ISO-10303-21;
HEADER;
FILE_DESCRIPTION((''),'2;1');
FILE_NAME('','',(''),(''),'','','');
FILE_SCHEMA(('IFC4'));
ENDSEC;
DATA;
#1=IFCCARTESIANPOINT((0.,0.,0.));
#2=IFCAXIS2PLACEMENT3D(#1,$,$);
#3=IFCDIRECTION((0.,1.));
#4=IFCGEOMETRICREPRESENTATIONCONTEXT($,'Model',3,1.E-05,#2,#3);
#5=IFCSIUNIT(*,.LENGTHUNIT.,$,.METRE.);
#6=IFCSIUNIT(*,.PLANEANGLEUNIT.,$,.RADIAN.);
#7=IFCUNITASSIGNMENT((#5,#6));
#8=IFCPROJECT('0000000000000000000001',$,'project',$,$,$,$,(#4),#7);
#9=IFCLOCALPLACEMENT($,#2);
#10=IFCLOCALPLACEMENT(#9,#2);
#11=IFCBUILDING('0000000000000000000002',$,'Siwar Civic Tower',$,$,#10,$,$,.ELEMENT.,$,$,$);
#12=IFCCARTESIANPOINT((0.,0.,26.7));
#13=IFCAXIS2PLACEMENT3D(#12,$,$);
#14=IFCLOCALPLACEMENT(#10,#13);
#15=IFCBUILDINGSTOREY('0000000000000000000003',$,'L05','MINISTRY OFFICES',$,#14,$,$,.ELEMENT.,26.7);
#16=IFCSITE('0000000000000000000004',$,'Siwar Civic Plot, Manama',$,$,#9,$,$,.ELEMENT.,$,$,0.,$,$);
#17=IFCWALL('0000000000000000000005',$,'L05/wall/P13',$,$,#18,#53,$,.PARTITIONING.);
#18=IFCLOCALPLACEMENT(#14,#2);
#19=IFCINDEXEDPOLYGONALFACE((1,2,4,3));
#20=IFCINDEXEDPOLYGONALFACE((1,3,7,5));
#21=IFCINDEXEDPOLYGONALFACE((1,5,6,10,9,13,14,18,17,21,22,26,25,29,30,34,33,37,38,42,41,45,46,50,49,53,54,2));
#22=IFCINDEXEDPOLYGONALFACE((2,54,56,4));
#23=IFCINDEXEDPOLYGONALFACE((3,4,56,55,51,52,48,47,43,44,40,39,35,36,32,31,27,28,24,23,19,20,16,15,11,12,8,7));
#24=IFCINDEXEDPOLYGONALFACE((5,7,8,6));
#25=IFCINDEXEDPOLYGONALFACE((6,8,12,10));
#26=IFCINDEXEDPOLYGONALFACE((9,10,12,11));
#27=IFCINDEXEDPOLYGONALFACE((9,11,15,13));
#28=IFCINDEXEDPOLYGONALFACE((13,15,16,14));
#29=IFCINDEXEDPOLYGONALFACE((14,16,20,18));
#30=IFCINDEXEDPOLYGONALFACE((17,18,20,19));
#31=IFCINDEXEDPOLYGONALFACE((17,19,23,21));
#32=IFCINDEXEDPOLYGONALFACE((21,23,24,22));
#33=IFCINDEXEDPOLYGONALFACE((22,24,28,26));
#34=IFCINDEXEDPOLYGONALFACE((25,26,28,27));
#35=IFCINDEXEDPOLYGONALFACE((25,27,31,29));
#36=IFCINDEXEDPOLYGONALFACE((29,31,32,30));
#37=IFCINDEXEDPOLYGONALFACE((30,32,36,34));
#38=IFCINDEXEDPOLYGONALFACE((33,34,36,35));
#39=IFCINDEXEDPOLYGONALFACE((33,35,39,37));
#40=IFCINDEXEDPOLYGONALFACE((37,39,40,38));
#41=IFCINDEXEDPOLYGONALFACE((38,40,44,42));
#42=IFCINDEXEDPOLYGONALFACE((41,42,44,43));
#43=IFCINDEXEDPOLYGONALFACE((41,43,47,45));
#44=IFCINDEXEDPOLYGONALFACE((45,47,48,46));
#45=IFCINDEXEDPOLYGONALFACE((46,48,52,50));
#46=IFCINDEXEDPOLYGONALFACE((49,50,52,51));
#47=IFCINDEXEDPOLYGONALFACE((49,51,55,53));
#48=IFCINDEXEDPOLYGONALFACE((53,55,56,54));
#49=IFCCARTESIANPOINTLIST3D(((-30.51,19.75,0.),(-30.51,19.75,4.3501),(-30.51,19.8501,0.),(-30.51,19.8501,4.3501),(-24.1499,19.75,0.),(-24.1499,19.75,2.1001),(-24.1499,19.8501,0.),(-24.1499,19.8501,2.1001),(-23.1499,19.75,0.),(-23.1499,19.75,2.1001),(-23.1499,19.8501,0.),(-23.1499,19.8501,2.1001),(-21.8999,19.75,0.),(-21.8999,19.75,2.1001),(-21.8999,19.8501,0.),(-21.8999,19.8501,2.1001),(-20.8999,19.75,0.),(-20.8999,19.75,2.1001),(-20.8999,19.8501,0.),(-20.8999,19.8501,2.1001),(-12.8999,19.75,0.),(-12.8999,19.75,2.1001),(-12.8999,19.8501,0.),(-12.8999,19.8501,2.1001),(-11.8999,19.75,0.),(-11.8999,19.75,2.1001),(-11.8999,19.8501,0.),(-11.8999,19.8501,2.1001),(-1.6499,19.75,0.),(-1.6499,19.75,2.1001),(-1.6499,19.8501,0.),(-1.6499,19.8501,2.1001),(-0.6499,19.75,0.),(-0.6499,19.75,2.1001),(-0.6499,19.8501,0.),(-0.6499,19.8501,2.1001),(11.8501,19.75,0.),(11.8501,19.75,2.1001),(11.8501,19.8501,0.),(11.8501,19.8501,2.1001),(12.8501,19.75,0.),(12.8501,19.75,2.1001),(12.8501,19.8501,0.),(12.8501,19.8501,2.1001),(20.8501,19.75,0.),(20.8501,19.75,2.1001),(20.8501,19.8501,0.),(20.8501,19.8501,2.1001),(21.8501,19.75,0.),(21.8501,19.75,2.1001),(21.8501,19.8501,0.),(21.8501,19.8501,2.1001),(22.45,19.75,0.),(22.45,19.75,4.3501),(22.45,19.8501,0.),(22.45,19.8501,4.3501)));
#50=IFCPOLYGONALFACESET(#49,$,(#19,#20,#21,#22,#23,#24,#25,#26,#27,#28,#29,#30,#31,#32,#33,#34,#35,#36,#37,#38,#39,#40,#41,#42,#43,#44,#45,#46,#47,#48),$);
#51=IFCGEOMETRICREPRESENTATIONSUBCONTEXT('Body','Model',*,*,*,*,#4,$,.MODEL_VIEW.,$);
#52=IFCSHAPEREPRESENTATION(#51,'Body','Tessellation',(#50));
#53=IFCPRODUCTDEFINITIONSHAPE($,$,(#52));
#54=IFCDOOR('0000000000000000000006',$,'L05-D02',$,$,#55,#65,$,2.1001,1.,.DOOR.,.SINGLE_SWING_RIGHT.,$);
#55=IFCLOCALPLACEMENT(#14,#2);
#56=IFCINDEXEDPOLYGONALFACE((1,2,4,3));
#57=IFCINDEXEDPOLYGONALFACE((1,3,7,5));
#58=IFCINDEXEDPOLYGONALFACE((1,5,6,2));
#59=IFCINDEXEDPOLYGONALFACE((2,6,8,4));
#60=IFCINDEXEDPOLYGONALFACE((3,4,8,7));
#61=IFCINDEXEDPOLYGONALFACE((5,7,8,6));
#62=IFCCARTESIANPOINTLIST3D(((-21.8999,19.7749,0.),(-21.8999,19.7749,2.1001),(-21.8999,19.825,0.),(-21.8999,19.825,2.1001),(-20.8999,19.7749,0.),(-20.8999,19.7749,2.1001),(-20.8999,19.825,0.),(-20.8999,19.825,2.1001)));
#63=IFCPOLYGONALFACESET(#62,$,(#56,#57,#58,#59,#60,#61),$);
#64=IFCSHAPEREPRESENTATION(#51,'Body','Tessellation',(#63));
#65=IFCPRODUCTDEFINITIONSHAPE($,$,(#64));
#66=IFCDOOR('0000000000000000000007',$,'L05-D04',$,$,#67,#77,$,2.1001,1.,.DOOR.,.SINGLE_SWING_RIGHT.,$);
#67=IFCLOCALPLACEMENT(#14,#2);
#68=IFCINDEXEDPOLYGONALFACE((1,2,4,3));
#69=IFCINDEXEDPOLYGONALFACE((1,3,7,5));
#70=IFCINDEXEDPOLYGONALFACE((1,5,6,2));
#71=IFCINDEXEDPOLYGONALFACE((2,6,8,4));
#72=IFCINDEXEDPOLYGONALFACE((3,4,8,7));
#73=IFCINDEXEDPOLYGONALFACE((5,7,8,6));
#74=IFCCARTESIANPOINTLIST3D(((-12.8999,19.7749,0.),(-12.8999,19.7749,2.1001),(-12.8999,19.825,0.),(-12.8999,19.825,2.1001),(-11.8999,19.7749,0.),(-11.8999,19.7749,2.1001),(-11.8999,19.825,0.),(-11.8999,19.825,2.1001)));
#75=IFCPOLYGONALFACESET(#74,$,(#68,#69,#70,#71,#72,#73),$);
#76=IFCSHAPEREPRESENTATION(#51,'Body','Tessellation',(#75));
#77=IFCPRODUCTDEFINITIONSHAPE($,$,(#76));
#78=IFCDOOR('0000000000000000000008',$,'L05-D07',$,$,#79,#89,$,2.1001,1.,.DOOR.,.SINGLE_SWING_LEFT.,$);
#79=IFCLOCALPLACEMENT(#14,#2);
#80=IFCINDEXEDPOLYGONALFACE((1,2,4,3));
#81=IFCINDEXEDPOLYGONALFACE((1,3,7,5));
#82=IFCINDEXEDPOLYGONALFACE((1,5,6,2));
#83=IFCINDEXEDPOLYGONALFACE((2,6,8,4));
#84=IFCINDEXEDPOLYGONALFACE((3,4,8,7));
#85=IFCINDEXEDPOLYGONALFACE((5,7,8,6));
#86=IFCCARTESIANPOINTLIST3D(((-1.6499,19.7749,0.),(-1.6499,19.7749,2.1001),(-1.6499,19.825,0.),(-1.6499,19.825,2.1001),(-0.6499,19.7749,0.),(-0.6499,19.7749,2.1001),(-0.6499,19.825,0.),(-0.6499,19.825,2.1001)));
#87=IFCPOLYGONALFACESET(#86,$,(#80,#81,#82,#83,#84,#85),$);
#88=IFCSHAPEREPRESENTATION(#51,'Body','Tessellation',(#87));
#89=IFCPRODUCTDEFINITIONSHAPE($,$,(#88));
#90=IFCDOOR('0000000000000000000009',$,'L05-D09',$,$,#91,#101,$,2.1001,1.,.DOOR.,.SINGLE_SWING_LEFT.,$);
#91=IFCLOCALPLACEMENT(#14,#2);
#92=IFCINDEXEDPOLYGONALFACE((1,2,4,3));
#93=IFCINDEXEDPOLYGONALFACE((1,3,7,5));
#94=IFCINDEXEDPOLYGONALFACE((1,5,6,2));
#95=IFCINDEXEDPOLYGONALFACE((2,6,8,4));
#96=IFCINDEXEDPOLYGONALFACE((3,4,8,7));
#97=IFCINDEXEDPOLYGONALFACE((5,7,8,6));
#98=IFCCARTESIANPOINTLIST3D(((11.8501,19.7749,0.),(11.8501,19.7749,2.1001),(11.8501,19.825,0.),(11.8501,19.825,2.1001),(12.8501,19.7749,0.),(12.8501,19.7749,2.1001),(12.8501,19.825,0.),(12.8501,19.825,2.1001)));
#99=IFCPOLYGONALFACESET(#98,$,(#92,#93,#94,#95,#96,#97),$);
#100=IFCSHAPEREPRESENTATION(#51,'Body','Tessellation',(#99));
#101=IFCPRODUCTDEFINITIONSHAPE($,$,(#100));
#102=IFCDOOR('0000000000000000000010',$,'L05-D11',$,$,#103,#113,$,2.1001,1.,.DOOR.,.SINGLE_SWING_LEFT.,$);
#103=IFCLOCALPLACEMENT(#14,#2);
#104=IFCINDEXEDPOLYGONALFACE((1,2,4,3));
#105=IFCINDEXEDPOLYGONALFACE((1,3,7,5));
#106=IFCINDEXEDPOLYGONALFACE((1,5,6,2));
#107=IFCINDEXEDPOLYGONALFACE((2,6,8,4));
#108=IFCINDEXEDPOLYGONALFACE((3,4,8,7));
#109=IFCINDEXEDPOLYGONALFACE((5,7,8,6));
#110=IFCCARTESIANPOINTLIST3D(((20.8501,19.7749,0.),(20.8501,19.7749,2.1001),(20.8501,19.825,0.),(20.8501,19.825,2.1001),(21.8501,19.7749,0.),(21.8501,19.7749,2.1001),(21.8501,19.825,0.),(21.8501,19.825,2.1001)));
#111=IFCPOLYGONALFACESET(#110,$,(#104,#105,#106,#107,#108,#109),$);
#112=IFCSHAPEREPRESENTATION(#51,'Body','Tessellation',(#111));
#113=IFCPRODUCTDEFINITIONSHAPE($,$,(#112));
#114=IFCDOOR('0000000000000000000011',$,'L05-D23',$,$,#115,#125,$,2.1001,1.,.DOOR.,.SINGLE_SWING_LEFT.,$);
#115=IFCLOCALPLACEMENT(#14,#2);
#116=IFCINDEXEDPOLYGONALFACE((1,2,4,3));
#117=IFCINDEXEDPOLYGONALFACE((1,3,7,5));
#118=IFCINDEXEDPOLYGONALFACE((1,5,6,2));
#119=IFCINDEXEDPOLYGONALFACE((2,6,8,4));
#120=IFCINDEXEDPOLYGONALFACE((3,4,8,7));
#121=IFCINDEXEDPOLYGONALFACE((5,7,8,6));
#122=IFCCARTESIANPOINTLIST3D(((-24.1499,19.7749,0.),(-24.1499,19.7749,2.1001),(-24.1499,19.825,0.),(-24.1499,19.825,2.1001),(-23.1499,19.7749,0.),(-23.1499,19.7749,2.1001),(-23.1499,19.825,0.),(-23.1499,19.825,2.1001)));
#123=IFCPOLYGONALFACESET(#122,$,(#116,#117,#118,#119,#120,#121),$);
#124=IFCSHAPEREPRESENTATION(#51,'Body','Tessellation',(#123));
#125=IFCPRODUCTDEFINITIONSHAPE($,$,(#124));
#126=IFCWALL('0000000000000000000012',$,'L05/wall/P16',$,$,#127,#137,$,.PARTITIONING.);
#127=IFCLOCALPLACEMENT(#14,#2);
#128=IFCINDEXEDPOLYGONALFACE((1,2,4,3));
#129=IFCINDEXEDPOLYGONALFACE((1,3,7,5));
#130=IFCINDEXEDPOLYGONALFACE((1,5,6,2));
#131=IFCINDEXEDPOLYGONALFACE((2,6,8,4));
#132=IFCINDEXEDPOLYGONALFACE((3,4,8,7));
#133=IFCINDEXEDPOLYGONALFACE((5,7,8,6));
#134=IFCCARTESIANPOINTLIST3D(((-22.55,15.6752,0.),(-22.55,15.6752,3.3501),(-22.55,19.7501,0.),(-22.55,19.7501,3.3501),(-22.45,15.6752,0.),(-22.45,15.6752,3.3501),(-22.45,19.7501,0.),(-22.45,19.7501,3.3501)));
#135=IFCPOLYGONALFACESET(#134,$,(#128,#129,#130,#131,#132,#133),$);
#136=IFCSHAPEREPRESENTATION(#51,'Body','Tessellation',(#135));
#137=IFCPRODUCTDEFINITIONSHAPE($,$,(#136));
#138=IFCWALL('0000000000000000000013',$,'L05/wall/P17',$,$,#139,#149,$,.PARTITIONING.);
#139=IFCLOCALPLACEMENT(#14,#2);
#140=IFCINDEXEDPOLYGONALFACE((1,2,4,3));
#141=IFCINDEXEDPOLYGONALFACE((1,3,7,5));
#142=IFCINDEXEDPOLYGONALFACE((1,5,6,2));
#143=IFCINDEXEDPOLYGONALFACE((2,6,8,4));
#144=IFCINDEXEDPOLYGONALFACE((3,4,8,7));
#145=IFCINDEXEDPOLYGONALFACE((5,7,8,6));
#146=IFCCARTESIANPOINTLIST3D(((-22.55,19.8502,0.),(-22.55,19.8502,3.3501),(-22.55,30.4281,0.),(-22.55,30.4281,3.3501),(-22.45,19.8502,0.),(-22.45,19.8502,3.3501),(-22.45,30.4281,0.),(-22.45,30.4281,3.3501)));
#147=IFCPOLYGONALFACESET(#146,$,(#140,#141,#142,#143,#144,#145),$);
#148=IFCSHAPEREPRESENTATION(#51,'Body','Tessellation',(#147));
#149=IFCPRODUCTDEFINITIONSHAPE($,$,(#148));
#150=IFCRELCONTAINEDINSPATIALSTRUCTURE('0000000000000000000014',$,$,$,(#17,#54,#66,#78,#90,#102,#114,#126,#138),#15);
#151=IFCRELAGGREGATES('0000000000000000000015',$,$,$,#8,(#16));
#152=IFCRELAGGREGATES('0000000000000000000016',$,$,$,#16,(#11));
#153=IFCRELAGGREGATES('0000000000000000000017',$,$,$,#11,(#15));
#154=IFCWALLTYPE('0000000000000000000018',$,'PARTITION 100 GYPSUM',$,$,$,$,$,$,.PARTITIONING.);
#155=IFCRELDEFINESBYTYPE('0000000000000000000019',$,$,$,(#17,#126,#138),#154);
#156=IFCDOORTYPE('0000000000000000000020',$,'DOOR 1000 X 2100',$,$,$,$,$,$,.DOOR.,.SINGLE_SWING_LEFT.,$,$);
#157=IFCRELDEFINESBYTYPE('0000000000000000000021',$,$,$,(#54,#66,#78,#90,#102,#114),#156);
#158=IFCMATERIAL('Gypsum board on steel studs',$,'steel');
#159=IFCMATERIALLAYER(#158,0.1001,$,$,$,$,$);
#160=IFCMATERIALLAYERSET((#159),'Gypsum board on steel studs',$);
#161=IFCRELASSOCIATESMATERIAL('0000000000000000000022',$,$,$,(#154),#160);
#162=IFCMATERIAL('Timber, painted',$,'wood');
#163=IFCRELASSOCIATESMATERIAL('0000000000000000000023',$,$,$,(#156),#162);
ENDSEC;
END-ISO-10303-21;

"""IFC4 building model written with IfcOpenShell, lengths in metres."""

from ifc_helpers import new_model, si_unit, direction, frame, frame_2d, origin, place, context, subcontext, project, spatial, rectangle, extrude, material, layer, layer_set, type_object, element, fill, save


model = new_model("IFC4")

# Units and contexts
model_context = context("Model", 3, precision=1e-05, world=origin(), true_north=direction((0.0, 1.0)))
body_context = subcontext(model_context, "Body", "Model", "MODEL_VIEW")
ifc_project = project(units=[si_unit("LENGTHUNIT", "METRE"), si_unit("PLANEANGLEUNIT", "RADIAN")], contexts=[model_context])

# Site, building, storey
site_placement = place(None, origin())
site = spatial("IfcSite", under=ifc_project, at=site_placement, Name="Siwar Civic Plot, Manama", CompositionType="ELEMENT", RefElevation=0.0)
building_placement = place(site_placement, origin())
building = spatial("IfcBuilding", under=site, at=building_placement, Name="Siwar Civic Tower", CompositionType="ELEMENT")
storey_placement = place(building_placement, frame((0.0, 0.0, 26.7)))
storey = spatial("IfcBuildingStorey", under=building, at=storey_placement, Name="L05", Description="MINISTRY OFFICES", CompositionType="ELEMENT", Elevation=26.7)

# Wall, openings, doors
ifc_material_1 = material(Name="Gypsum board on steel studs", Category="steel")
ifc_layer_1 = layer(ifc_material_1, 0.1001)
ifc_layer_set_1 = layer_set([ifc_layer_1], Name="Gypsum board on steel studs")
wall_type_1 = type_object("IfcWallType", Name="PARTITION 100 GYPSUM", PredefinedType="PARTITIONING", material=ifc_layer_set_1)
wall_1_placement = place(storey_placement, frame((-30.51, 19.8, 0.0), z_axis=(0.0, 0.0, 1.0), x_axis=(1.0, 0.0, 0.0)))
wall_1 = element("IfcWall", 1, at=wall_1_placement, inside=storey, type_object=wall_type_1, Name="L05/wall/P13", PredefinedType="PARTITIONING", context=body_context, shape_type="SweptSolid", body=[
    extrude(rectangle(XDim=52.96, YDim=0.1001, at=frame_2d((26.48, 0.0))), origin(), (0.0, 0.0, 1.0), 4.3501),
])
opening_1_placement = place(wall_1_placement, frame((8.6101, 0.0, 0.0)))
opening_1 = element("IfcOpeningElement", 2, at=opening_1_placement, cuts=wall_1, PredefinedType="OPENING", context=body_context, shape_type="SweptSolid", body=[
    extrude(rectangle(XDim=1.0, YDim=2.1001, at=frame_2d((0.5, 1.05))), frame((0.0, 0.0601, 0.0), z_axis=(0.0, -1.0, 0.0), x_axis=(1.0, 0.0, 0.0)), (0.0, 0.0, 1.0), 0.1201),
])
opening_2_placement = place(wall_1_placement, frame((17.6101, 0.0, 0.0)))
opening_2 = element("IfcOpeningElement", 3, at=opening_2_placement, cuts=wall_1, PredefinedType="OPENING", context=body_context, shape_type="SweptSolid", body=[
    extrude(rectangle(XDim=1.0, YDim=2.1001, at=frame_2d((0.5, 1.05))), frame((0.0, 0.0601, 0.0), z_axis=(0.0, -1.0, 0.0), x_axis=(1.0, 0.0, 0.0)), (0.0, 0.0, 1.0), 0.1201),
])
opening_3_placement = place(wall_1_placement, frame((28.8601, 0.0, 0.0)))
opening_3 = element("IfcOpeningElement", 4, at=opening_3_placement, cuts=wall_1, PredefinedType="OPENING", context=body_context, shape_type="SweptSolid", body=[
    extrude(rectangle(XDim=1.0, YDim=2.1001, at=frame_2d((0.5, 1.05))), frame((0.0, 0.0601, 0.0), z_axis=(0.0, -1.0, 0.0), x_axis=(1.0, 0.0, 0.0)), (0.0, 0.0, 1.0), 0.1201),
])
opening_4_placement = place(wall_1_placement, frame((42.3601, 0.0, 0.0)))
opening_4 = element("IfcOpeningElement", 5, at=opening_4_placement, cuts=wall_1, PredefinedType="OPENING", context=body_context, shape_type="SweptSolid", body=[
    extrude(rectangle(XDim=1.0, YDim=2.1001, at=frame_2d((0.5, 1.05))), frame((0.0, 0.0601, 0.0), z_axis=(0.0, -1.0, 0.0), x_axis=(1.0, 0.0, 0.0)), (0.0, 0.0, 1.0), 0.1201),
])
opening_5_placement = place(wall_1_placement, frame((51.3601, 0.0, 0.0)))
opening_5 = element("IfcOpeningElement", 6, at=opening_5_placement, cuts=wall_1, PredefinedType="OPENING", context=body_context, shape_type="SweptSolid", body=[
    extrude(rectangle(XDim=1.0, YDim=2.1001, at=frame_2d((0.5, 1.05))), frame((0.0, 0.0601, 0.0), z_axis=(0.0, -1.0, 0.0), x_axis=(1.0, 0.0, 0.0)), (0.0, 0.0, 1.0), 0.1201),
])
opening_6_placement = place(wall_1_placement, frame((6.3601, 0.0, 0.0)))
opening_6 = element("IfcOpeningElement", 7, at=opening_6_placement, cuts=wall_1, PredefinedType="OPENING", context=body_context, shape_type="SweptSolid", body=[
    extrude(rectangle(XDim=1.0, YDim=2.1001, at=frame_2d((0.5, 1.05))), frame((0.0, 0.0601, 0.0), z_axis=(0.0, -1.0, 0.0), x_axis=(1.0, 0.0, 0.0)), (0.0, 0.0, 1.0), 0.1201),
])
ifc_material_2 = material(Name="Timber, painted", Category="wood")
door_type_1 = type_object("IfcDoorType", Name="DOOR 1000 X 2100", OperationType="SINGLE_SWING_LEFT", PredefinedType="DOOR", material=ifc_material_2)
door_1_placement = place(opening_1_placement, origin())
door_1 = element("IfcDoor", 8, at=door_1_placement, inside=storey, type_object=door_type_1, Name="L05-D02", OperationType="SINGLE_SWING_RIGHT", OverallHeight=2.1001, OverallWidth=1.0, PredefinedType="DOOR", context=body_context, shape_type="SweptSolid", body=[
    extrude(rectangle(XDim=1.0, YDim=2.1001, at=frame_2d((0.5, 1.05))), frame((0.0, 0.0249, 0.0), z_axis=(0.0, -1.0, 0.0), x_axis=(1.0, 0.0, 0.0)), (0.0, 0.0, 1.0), 0.05),
])
fill(opening_1, door_1)
door_2_placement = place(opening_2_placement, origin())
door_2 = element("IfcDoor", 9, at=door_2_placement, inside=storey, type_object=door_type_1, Name="L05-D04", OperationType="SINGLE_SWING_RIGHT", OverallHeight=2.1001, OverallWidth=1.0, PredefinedType="DOOR", context=body_context, shape_type="SweptSolid", body=[
    extrude(rectangle(XDim=1.0, YDim=2.1001, at=frame_2d((0.5, 1.05))), frame((0.0, 0.0249, 0.0), z_axis=(0.0, -1.0, 0.0), x_axis=(1.0, 0.0, 0.0)), (0.0, 0.0, 1.0), 0.05),
])
fill(opening_2, door_2)
door_3_placement = place(opening_3_placement, origin())
door_3 = element("IfcDoor", 10, at=door_3_placement, inside=storey, type_object=door_type_1, Name="L05-D07", OperationType="SINGLE_SWING_LEFT", OverallHeight=2.1001, OverallWidth=1.0, PredefinedType="DOOR", context=body_context, shape_type="SweptSolid", body=[
    extrude(rectangle(XDim=1.0, YDim=2.1001, at=frame_2d((0.5, 1.05))), frame((0.0, 0.0249, 0.0), z_axis=(0.0, -1.0, 0.0), x_axis=(1.0, 0.0, 0.0)), (0.0, 0.0, 1.0), 0.05),
])
fill(opening_3, door_3)
door_4_placement = place(opening_4_placement, origin())
door_4 = element("IfcDoor", 11, at=door_4_placement, inside=storey, type_object=door_type_1, Name="L05-D09", OperationType="SINGLE_SWING_LEFT", OverallHeight=2.1001, OverallWidth=1.0, PredefinedType="DOOR", context=body_context, shape_type="SweptSolid", body=[
    extrude(rectangle(XDim=1.0, YDim=2.1001, at=frame_2d((0.5, 1.05))), frame((0.0, 0.0249, 0.0), z_axis=(0.0, -1.0, 0.0), x_axis=(1.0, 0.0, 0.0)), (0.0, 0.0, 1.0), 0.05),
])
fill(opening_4, door_4)
door_5_placement = place(opening_5_placement, origin())
door_5 = element("IfcDoor", 12, at=door_5_placement, inside=storey, type_object=door_type_1, Name="L05-D11", OperationType="SINGLE_SWING_LEFT", OverallHeight=2.1001, OverallWidth=1.0, PredefinedType="DOOR", context=body_context, shape_type="SweptSolid", body=[
    extrude(rectangle(XDim=1.0, YDim=2.1001, at=frame_2d((0.5, 1.05))), frame((0.0, 0.0249, 0.0), z_axis=(0.0, -1.0, 0.0), x_axis=(1.0, 0.0, 0.0)), (0.0, 0.0, 1.0), 0.05),
])
fill(opening_5, door_5)
door_6_placement = place(opening_6_placement, origin())
door_6 = element("IfcDoor", 13, at=door_6_placement, inside=storey, type_object=door_type_1, Name="L05-D23", OperationType="SINGLE_SWING_LEFT", OverallHeight=2.1001, OverallWidth=1.0, PredefinedType="DOOR", context=body_context, shape_type="SweptSolid", body=[
    extrude(rectangle(XDim=1.0, YDim=2.1001, at=frame_2d((0.5, 1.05))), frame((0.0, 0.0249, 0.0), z_axis=(0.0, -1.0, 0.0), x_axis=(1.0, 0.0, 0.0)), (0.0, 0.0, 1.0), 0.05),
])
fill(opening_6, door_6)

# Walls
wall_2_placement = place(storey_placement, frame((-22.5, 15.675, 0.0), z_axis=(0.0, 0.0, 1.0), x_axis=(0.0, 1.0, 0.0)))
element("IfcWall", 14, at=wall_2_placement, inside=storey, type_object=wall_type_1, Name="L05/wall/P16", PredefinedType="PARTITIONING", context=body_context, shape_type="SweptSolid", body=[
    extrude(rectangle(XDim=4.075, YDim=0.1001, at=frame_2d((2.0376, 0.0))), origin(), (0.0, 0.0, 1.0), 3.3501),
])
wall_3_placement = place(storey_placement, frame((-22.5, 19.8501, 0.0), z_axis=(0.0, 0.0, 1.0), x_axis=(0.0, 1.0, 0.0)))
element("IfcWall", 15, at=wall_3_placement, inside=storey, type_object=wall_type_1, Name="L05/wall/P17", PredefinedType="PARTITIONING", context=body_context, shape_type="SweptSolid", body=[
    extrude(rectangle(XDim=10.5779, YDim=0.1001, at=frame_2d((5.2891, 0.0))), origin(), (0.0, 0.0, 1.0), 3.3501),
])

save(model, "model.ifc")
